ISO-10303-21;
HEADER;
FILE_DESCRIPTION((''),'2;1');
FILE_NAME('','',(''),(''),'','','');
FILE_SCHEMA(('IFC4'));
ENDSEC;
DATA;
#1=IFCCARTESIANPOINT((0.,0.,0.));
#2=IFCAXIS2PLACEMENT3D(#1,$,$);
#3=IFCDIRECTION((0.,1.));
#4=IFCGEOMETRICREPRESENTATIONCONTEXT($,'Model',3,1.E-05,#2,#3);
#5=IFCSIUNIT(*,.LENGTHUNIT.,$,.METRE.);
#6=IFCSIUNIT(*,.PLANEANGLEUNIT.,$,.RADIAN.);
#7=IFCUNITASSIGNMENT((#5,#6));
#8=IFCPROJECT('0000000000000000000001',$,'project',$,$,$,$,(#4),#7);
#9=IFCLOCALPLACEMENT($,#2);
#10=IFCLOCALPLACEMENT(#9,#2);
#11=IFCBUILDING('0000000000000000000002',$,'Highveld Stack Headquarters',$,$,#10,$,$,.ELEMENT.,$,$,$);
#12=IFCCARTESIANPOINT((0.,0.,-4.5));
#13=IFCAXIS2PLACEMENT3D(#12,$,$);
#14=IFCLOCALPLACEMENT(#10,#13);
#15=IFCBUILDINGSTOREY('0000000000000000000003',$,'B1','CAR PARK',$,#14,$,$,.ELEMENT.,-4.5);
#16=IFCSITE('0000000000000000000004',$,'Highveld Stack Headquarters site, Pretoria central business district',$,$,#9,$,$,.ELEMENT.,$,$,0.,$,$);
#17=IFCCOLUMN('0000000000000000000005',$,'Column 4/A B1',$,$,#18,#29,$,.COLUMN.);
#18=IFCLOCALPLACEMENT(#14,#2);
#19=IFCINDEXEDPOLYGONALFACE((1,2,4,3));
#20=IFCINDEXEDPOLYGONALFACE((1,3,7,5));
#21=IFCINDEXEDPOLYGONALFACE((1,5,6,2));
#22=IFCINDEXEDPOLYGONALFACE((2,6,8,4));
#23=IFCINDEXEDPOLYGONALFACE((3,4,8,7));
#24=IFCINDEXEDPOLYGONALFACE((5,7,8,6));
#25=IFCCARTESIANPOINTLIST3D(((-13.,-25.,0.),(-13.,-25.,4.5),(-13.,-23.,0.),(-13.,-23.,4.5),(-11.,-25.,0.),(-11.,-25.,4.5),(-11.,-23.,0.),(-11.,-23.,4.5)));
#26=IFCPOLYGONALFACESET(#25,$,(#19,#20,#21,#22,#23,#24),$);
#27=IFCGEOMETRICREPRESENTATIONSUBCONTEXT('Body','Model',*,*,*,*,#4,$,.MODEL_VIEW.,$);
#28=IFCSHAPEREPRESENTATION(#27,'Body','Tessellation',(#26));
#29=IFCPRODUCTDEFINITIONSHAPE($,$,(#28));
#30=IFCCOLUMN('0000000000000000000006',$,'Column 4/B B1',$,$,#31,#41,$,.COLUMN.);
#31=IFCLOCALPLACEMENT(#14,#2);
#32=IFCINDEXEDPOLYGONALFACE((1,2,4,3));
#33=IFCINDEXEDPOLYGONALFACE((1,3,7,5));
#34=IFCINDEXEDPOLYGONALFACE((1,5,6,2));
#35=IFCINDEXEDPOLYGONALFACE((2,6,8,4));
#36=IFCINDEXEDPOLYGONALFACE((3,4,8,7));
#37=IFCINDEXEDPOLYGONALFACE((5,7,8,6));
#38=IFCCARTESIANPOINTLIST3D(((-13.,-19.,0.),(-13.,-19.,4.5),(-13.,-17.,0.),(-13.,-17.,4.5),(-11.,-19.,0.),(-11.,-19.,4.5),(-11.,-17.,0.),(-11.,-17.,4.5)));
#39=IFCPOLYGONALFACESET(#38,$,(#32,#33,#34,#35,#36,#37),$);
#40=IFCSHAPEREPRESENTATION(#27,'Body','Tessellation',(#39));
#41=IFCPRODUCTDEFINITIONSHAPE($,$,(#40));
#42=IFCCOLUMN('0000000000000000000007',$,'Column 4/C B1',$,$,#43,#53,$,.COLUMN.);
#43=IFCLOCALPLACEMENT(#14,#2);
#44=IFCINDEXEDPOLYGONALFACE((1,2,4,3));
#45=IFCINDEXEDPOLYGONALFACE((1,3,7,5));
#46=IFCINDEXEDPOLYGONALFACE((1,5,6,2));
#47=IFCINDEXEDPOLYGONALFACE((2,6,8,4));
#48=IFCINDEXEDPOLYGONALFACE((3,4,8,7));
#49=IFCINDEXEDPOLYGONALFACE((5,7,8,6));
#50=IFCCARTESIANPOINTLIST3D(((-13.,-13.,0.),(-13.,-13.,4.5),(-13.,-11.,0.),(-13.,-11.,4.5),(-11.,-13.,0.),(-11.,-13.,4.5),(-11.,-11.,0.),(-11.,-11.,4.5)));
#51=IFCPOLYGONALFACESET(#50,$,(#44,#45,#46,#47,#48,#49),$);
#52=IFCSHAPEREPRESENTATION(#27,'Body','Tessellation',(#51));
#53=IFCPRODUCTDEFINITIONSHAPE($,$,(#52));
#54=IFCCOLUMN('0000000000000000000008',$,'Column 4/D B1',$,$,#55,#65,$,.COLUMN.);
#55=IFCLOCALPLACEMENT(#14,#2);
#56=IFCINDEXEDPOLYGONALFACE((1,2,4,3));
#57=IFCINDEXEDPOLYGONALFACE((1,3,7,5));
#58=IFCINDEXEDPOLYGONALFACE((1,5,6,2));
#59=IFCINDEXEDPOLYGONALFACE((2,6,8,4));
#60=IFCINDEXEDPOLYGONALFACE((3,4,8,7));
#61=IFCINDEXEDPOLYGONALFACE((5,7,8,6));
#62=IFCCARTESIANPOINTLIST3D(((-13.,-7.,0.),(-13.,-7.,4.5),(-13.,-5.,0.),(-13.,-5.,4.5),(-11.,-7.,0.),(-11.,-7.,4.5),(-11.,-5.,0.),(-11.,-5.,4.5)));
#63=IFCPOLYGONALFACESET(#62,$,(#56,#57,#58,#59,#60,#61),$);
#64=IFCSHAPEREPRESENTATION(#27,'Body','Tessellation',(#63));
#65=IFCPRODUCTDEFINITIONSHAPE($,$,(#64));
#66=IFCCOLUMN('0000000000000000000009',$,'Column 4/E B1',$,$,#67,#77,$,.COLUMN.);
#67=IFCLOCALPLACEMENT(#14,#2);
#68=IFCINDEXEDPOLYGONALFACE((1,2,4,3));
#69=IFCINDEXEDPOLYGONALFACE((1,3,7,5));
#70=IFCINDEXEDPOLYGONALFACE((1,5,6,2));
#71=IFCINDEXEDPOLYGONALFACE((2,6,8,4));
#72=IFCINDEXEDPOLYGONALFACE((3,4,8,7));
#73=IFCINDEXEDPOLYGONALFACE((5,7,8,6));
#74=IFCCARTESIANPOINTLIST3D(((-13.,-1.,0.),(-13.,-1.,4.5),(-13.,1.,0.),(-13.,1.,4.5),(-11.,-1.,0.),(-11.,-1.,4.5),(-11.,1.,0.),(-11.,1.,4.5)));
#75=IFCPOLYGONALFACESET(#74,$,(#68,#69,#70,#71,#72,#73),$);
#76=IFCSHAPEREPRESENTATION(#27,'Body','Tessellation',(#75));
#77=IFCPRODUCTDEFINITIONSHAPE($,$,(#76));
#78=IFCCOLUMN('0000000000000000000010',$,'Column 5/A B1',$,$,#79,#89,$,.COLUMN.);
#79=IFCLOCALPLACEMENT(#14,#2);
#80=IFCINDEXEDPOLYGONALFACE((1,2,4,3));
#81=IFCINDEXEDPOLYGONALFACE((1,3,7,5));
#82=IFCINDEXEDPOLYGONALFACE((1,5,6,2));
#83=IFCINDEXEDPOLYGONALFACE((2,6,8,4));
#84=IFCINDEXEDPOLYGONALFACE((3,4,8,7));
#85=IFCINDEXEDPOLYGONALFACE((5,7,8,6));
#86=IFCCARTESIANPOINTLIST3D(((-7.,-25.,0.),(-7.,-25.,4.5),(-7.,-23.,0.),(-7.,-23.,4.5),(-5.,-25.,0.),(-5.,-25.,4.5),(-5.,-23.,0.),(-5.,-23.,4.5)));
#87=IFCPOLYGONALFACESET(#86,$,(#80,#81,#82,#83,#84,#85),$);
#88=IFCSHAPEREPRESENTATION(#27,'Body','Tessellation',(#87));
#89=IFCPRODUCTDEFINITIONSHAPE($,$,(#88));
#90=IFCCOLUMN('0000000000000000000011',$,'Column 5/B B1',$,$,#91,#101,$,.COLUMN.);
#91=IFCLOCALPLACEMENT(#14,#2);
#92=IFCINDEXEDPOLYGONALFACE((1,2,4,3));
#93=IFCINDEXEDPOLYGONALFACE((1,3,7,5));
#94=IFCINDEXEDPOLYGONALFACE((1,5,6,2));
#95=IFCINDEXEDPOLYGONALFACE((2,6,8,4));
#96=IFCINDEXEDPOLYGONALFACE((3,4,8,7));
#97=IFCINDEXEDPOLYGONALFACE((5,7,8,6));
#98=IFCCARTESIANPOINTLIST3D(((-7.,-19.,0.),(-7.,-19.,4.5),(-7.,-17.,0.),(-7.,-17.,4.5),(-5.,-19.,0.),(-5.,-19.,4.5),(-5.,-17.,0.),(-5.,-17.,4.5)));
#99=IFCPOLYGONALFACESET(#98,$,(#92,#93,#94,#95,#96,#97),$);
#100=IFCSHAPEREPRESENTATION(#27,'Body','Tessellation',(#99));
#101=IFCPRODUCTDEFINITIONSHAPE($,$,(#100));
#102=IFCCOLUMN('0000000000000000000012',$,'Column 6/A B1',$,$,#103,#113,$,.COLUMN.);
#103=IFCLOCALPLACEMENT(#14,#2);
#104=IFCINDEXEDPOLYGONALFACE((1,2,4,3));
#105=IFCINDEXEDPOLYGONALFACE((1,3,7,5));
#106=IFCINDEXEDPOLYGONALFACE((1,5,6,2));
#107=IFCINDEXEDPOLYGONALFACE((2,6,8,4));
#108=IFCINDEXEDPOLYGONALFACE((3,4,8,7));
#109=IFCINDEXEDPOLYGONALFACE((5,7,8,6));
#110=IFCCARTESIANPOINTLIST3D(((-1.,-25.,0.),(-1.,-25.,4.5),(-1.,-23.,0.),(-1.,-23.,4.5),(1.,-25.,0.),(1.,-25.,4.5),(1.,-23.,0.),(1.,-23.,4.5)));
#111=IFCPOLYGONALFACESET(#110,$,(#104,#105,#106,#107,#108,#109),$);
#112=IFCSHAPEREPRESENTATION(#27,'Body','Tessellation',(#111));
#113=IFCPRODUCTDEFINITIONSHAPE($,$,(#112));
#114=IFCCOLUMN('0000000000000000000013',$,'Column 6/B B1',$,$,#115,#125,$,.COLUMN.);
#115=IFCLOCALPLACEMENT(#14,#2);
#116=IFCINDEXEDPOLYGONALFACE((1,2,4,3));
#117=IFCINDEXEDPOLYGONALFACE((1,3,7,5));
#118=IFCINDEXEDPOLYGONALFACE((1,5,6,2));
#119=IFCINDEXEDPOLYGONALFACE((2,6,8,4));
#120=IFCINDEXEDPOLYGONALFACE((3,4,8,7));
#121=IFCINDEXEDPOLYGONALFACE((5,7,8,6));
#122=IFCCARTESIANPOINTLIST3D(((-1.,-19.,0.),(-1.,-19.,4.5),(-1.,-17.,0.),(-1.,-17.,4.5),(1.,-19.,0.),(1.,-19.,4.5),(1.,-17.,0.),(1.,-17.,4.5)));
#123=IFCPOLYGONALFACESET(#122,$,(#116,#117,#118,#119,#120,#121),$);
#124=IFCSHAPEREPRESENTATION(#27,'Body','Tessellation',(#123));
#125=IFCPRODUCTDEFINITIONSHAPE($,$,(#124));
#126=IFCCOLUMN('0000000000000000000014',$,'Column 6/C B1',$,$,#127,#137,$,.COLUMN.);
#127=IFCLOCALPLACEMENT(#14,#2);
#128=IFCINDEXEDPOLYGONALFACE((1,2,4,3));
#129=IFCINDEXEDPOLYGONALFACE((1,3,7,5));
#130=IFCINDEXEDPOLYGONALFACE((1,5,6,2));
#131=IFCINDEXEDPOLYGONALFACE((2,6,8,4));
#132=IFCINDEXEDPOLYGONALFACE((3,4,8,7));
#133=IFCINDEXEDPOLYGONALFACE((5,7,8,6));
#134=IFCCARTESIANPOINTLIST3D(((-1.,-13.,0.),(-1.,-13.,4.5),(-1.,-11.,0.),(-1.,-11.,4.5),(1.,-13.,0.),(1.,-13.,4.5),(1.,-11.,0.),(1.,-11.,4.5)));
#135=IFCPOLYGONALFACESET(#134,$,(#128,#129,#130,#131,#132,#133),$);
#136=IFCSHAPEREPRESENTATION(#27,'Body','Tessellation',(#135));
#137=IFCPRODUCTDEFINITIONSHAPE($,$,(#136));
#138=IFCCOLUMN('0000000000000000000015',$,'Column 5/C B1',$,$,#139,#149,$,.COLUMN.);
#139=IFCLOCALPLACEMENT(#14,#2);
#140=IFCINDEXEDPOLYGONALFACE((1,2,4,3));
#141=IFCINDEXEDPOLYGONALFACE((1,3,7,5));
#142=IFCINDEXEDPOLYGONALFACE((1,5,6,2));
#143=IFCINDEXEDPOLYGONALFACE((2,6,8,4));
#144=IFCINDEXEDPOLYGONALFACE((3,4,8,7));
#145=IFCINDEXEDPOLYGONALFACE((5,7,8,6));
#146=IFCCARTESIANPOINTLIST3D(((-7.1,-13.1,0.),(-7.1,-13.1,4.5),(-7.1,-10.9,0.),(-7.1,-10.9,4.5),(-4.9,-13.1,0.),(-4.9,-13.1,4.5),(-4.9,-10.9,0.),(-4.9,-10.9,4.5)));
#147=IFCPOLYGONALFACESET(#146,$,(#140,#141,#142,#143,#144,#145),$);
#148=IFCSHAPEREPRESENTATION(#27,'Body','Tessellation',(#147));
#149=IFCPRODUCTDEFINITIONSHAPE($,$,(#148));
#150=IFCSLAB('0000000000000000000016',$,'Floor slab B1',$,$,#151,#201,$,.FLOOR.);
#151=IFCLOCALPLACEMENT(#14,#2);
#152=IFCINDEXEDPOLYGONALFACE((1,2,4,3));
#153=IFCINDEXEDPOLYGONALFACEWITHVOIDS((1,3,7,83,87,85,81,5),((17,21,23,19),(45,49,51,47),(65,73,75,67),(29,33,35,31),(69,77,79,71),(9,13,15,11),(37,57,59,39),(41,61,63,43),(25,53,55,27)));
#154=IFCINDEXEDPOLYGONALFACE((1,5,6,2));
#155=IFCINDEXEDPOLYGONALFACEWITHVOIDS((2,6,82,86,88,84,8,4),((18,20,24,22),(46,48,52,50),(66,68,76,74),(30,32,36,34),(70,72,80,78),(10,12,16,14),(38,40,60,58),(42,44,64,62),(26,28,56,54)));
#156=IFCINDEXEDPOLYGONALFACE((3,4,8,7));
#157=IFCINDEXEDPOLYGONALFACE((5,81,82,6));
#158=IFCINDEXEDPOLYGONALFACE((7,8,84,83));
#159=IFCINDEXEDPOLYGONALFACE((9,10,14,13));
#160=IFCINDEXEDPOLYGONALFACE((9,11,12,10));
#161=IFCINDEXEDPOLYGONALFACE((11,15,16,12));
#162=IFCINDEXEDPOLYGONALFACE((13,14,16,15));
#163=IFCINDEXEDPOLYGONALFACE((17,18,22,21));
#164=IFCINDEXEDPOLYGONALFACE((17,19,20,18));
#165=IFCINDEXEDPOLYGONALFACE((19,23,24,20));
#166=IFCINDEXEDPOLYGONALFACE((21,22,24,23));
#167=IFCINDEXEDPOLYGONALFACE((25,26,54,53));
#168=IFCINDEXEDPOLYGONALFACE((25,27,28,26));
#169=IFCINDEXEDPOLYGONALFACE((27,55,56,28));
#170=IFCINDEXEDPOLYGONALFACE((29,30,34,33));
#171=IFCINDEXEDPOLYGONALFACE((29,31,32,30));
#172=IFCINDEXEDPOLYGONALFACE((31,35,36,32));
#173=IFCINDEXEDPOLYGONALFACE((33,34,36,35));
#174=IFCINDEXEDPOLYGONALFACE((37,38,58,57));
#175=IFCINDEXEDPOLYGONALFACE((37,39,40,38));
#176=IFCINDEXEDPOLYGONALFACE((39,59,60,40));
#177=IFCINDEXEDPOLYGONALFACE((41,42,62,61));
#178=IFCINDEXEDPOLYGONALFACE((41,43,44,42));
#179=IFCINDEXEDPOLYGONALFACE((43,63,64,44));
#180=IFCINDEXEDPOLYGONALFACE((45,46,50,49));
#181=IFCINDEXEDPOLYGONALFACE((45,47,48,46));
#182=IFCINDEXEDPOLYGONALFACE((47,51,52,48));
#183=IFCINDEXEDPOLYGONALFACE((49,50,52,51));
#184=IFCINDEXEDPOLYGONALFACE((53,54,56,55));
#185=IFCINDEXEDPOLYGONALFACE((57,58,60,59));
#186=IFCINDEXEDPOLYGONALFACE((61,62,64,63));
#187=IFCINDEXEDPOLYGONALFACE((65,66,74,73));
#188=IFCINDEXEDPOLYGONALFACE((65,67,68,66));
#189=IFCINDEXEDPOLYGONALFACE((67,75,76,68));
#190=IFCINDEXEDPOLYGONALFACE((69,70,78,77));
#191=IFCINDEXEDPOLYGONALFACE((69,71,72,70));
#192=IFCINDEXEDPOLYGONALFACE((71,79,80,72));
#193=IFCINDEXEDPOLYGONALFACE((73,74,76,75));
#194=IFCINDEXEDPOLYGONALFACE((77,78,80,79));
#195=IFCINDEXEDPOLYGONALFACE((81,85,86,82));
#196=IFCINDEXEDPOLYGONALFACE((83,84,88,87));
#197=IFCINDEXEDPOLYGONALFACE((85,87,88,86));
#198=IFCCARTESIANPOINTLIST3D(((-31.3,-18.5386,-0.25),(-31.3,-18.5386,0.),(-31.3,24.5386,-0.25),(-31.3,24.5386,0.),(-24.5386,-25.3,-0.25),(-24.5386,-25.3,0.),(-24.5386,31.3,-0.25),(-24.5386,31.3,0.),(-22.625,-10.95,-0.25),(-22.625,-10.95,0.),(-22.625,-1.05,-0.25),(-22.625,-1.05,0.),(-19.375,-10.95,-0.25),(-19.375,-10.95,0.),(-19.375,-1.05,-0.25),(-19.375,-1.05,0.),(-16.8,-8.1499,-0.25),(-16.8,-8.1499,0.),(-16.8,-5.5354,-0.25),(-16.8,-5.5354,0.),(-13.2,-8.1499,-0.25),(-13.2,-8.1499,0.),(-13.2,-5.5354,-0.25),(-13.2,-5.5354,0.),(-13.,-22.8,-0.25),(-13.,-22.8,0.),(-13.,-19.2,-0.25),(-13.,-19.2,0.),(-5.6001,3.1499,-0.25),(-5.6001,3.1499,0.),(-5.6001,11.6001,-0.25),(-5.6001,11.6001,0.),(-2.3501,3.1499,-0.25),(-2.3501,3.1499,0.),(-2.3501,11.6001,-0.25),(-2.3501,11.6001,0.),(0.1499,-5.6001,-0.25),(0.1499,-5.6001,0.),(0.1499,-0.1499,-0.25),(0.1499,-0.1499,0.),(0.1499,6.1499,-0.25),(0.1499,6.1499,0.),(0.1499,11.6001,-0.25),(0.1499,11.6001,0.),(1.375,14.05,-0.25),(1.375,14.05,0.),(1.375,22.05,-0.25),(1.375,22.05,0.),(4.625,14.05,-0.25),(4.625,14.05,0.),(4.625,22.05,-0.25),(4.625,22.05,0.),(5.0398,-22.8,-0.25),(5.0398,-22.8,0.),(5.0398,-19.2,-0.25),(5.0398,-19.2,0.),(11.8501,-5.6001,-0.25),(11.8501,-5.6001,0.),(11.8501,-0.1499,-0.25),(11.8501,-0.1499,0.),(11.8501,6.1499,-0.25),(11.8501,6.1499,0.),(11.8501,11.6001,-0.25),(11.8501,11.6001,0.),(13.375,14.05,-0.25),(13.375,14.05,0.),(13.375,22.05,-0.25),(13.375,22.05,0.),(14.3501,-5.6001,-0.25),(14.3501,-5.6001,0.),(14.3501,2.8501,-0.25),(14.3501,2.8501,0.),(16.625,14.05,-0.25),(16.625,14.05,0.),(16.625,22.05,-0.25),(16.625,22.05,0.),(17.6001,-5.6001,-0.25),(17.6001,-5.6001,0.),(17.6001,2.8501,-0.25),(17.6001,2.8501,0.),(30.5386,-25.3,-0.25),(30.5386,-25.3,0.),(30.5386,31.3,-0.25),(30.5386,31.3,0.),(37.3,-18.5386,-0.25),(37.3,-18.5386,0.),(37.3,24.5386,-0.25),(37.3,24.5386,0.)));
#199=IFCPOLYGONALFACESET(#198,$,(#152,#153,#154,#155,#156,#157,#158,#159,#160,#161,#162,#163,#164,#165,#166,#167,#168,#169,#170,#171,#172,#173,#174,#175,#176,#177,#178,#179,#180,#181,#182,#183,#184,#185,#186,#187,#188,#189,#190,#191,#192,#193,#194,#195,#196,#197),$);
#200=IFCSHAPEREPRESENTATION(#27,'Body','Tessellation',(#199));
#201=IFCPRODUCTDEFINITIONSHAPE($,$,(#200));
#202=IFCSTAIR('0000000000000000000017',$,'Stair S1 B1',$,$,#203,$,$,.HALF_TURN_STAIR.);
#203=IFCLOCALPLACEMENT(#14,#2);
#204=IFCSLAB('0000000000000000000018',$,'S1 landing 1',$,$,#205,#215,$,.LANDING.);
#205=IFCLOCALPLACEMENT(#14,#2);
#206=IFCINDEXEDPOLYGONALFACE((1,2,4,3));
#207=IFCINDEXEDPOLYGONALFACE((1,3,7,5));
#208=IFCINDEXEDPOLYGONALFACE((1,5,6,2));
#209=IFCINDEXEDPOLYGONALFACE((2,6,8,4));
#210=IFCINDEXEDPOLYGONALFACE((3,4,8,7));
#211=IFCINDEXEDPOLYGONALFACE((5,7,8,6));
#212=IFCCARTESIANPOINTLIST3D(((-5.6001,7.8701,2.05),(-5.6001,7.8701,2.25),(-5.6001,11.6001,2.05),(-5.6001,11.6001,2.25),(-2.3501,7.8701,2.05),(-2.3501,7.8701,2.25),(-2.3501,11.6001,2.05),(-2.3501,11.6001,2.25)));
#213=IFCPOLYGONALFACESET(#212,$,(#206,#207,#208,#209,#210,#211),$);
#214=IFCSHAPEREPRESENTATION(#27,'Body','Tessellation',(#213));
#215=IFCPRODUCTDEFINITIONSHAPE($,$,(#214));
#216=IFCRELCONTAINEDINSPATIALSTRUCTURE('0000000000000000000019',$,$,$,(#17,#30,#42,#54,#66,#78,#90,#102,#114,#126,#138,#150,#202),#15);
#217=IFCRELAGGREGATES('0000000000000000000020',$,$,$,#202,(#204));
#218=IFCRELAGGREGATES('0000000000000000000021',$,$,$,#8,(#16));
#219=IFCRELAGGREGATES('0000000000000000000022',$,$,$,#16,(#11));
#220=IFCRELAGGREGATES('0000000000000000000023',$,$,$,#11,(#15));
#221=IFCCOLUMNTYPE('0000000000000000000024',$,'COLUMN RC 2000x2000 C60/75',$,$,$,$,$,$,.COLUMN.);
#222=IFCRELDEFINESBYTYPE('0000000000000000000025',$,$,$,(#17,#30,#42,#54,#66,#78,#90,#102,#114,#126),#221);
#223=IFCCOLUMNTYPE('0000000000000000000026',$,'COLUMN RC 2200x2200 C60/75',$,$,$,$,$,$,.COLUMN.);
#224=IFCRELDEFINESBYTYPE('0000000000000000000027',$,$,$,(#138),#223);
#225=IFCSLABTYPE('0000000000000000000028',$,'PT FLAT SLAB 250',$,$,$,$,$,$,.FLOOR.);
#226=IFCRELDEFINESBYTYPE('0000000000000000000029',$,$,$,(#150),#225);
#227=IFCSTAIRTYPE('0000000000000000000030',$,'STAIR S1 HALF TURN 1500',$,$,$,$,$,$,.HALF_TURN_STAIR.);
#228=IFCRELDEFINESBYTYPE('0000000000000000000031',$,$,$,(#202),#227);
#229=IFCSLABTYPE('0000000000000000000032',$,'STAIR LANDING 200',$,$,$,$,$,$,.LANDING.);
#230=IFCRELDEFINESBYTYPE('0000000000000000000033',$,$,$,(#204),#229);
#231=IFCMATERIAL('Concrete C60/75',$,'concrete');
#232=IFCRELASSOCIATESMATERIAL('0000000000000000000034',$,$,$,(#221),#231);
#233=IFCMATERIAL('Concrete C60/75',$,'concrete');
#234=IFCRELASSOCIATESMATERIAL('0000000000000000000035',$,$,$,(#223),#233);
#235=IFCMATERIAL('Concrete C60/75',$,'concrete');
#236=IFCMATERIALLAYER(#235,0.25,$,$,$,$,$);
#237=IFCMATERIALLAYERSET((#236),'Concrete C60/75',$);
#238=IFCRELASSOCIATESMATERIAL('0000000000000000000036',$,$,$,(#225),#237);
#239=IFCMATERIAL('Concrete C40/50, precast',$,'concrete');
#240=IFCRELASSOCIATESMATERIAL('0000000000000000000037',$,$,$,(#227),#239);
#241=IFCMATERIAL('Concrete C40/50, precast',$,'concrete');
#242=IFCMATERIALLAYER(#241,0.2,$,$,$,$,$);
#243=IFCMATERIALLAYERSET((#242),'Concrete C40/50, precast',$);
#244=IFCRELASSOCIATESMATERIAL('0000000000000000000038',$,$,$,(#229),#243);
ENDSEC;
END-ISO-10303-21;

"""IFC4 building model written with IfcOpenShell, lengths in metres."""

from ifc_helpers import new_model, si_unit, direction, frame, origin, origin_2d, place, context, subcontext, project, spatial, polyline, rectangle, outline, extrude, material, layer, layer_set, material_profile, profile_set, type_object, element, aggregate, save


model = new_model("IFC4")

# Units and contexts
model_context = context("Model", 3, precision=1e-05, world=origin(), true_north=direction((0.0, 1.0)))
body_context = subcontext(model_context, "Body", "Model", "MODEL_VIEW")
ifc_project = project(units=[si_unit("LENGTHUNIT", "METRE"), si_unit("PLANEANGLEUNIT", "RADIAN")], contexts=[model_context])

# Site, building, storey
site_placement = place(None, origin())
site = spatial("IfcSite", under=ifc_project, at=site_placement, Name="Highveld Stack Headquarters site, Pretoria central business district", CompositionType="ELEMENT", RefElevation=0.0)
building_placement = place(site_placement, origin())
building = spatial("IfcBuilding", under=site, at=building_placement, Name="Highveld Stack Headquarters", CompositionType="ELEMENT")
storey_placement = place(building_placement, frame((0.0, 0.0, -4.5)))
storey = spatial("IfcBuildingStorey", under=building, at=storey_placement, Name="B1", Description="CAR PARK", CompositionType="ELEMENT", Elevation=-4.5)

# Columns
ifc_material_1 = material(Name="Concrete C60/75", Category="concrete")
ifc_material_profile_1 = material_profile(ifc_material_1, rectangle(XDim=2.0, YDim=2.0, at=origin_2d()), Name="RC 2000x2000")
ifc_profile_set_1 = profile_set([ifc_material_profile_1], Name="Concrete C60/75")
column_type_1 = type_object("IfcColumnType", Name="COLUMN RC 2000x2000 C60/75", PredefinedType="COLUMN", material=ifc_profile_set_1)
for number, where, z_axis, x_axis, name in (
    (1, (-12.0, -24.0, 0.0), (0.0, 0.0, 1.0), (1.0, 0.0, 0.0), "Column 4/A B1"),
    (2, (-12.0, -18.0, 0.0), (0.0, 0.0, 1.0), (1.0, 0.0, 0.0), "Column 4/B B1"),
    (3, (-12.0, -12.0, 0.0), (0.0, 0.0, 1.0), (1.0, 0.0, 0.0), "Column 4/C B1"),
    (4, (-12.0, -6.0, 0.0), (0.0, 0.0, 1.0), (1.0, 0.0, 0.0), "Column 4/D B1"),
    (5, (-12.0, 0.0, 0.0), (0.0, 0.0, 1.0), (1.0, 0.0, 0.0), "Column 4/E B1"),
    (6, (-6.0, -24.0, 0.0), (0.0, 0.0, 1.0), (1.0, 0.0, 0.0), "Column 5/A B1"),
    (7, (-6.0, -18.0, 0.0), (0.0, 0.0, 1.0), (1.0, 0.0, 0.0), "Column 5/B B1"),
    (8, (0.0, -24.0, 0.0), (0.0, 0.0, 1.0), (1.0, 0.0, 0.0), "Column 6/A B1"),
    (9, (0.0, -18.0, 0.0), (0.0, 0.0, 1.0), (1.0, 0.0, 0.0), "Column 6/B B1"),
    (10, (0.0, -12.0, 0.0), (0.0, 0.0, 1.0), (1.0, 0.0, 0.0), "Column 6/C B1"),
):
    element("IfcColumn", number, at=place(storey_placement, frame(where, z_axis=z_axis, x_axis=x_axis)), inside=storey, type_object=column_type_1, Name=name, PredefinedType="COLUMN", context=body_context, shape_type="SweptSolid", body=[
        extrude(rectangle(XDim=2.0, YDim=2.0, at=origin_2d()), origin(), (0.0, 0.0, 1.0), 4.5),
    ])
ifc_material_2 = material(Name="Concrete C60/75", Category="concrete")
ifc_material_profile_2 = material_profile(ifc_material_2, rectangle(XDim=2.2, YDim=2.2, at=origin_2d()), Name="RC 2200x2200")
ifc_profile_set_2 = profile_set([ifc_material_profile_2], Name="Concrete C60/75")
column_type_2 = type_object("IfcColumnType", Name="COLUMN RC 2200x2200 C60/75", PredefinedType="COLUMN", material=ifc_profile_set_2)
column_placement = place(storey_placement, frame((-6.0, -12.0, 0.0), z_axis=(0.0, 0.0, 1.0), x_axis=(1.0, 0.0, 0.0)))
element("IfcColumn", 11, at=column_placement, inside=storey, type_object=column_type_2, Name="Column 5/C B1", PredefinedType="COLUMN", context=body_context, shape_type="SweptSolid", body=[
    extrude(rectangle(XDim=2.2, YDim=2.2, at=origin_2d()), origin(), (0.0, 0.0, 1.0), 4.5),
])

# Slab
ifc_material_3 = material(Name="Concrete C60/75", Category="concrete")
ifc_layer_1 = layer(ifc_material_3, 0.25)
ifc_layer_set_1 = layer_set([ifc_layer_1], Name="Concrete C60/75")
slab_type_1 = type_object("IfcSlabType", Name="PT FLAT SLAB 250", PredefinedType="FLOOR", material=ifc_layer_set_1)
slab_1_placement = place(storey_placement, frame((0.0, 0.0, -0.25)))
element("IfcSlab", 12, at=slab_1_placement, inside=storey, type_object=slab_type_1, Name="Floor slab B1", PredefinedType="FLOOR", context=body_context, shape_type="SweptSolid", body=[
    extrude(outline(polyline([(-24.5386, -25.3), (30.5386, -25.3), (37.3, -18.5386), (37.3, 24.5386), (30.5386, 31.3), (-24.5386, 31.3), (-31.3, 24.5386), (-31.3, -18.5386), (-24.5386, -25.3)]), holes=[polyline([(0.1499, 6.1499), (11.8501, 6.1499), (11.8501, 11.6001), (0.1499, 11.6001), (0.1499, 6.1499)]), polyline([(0.1499, -5.6001), (11.8501, -5.6001), (11.8501, -0.1499), (0.1499, -0.1499), (0.1499, -5.6001)]), polyline([(-5.6001, 3.1499), (-2.3501, 3.1499), (-2.3501, 11.6001), (-5.6001, 11.6001), (-5.6001, 3.1499)]), polyline([(14.3501, -5.6001), (17.6001, -5.6001), (17.6001, 2.8501), (14.3501, 2.8501), (14.3501, -5.6001)]), polyline([(-22.625, -10.95), (-19.375, -10.95), (-19.375, -1.05), (-22.625, -1.05), (-22.625, -10.95)]), polyline([(13.375, 14.05), (16.625, 14.05), (16.625, 22.05), (13.375, 22.05), (13.375, 14.05)]), polyline([(1.375, 14.05), (4.625, 14.05), (4.625, 22.05), (1.375, 22.05), (1.375, 14.05)]), polyline([(-13.0, -22.8), (5.0398, -22.8), (5.0398, -19.2), (-13.0, -19.2), (-13.0, -22.8)]), polyline([(-16.8, -5.5354), (-16.8, -8.1499), (-13.2, -8.1499), (-13.2, -5.5354), (-16.8, -5.5354)])]), origin(), (0.0, 0.0, 1.0), 0.25),
])

# Stair, slab
ifc_material_4 = material(Name="Concrete C40/50, precast", Category="concrete")
stair_type_1 = type_object("IfcStairType", Name="STAIR S1 HALF TURN 1500", PredefinedType="HALF_TURN_STAIR", material=ifc_material_4)
stair_1_placement = place(storey_placement, origin())
stair_1 = element("IfcStair", 13, at=stair_1_placement, inside=storey, type_object=stair_type_1, Name="Stair S1 B1", PredefinedType="HALF_TURN_STAIR")
ifc_material_5 = material(Name="Concrete C40/50, precast", Category="concrete")
ifc_layer_2 = layer(ifc_material_5, 0.2)
ifc_layer_set_2 = layer_set([ifc_layer_2], Name="Concrete C40/50, precast")
slab_type_2 = type_object("IfcSlabType", Name="STAIR LANDING 200", PredefinedType="LANDING", material=ifc_layer_set_2)
slab_2_placement = place(storey_placement, frame((0.0, 0.0, 2.05)))
slab_2 = element("IfcSlab", 14, at=slab_2_placement, type_object=slab_type_2, Name="S1 landing 1", PredefinedType="LANDING", context=body_context, shape_type="SweptSolid", body=[
    extrude(outline(polyline([(-5.6001, 7.8701), (-2.3501, 7.8701), (-2.3501, 11.6001), (-5.6001, 11.6001), (-5.6001, 7.8701)])), origin(), (0.0, 0.0, 1.0), 0.2),
])
aggregate(stair_1, [slab_2])

save(model, "model.ifc")
